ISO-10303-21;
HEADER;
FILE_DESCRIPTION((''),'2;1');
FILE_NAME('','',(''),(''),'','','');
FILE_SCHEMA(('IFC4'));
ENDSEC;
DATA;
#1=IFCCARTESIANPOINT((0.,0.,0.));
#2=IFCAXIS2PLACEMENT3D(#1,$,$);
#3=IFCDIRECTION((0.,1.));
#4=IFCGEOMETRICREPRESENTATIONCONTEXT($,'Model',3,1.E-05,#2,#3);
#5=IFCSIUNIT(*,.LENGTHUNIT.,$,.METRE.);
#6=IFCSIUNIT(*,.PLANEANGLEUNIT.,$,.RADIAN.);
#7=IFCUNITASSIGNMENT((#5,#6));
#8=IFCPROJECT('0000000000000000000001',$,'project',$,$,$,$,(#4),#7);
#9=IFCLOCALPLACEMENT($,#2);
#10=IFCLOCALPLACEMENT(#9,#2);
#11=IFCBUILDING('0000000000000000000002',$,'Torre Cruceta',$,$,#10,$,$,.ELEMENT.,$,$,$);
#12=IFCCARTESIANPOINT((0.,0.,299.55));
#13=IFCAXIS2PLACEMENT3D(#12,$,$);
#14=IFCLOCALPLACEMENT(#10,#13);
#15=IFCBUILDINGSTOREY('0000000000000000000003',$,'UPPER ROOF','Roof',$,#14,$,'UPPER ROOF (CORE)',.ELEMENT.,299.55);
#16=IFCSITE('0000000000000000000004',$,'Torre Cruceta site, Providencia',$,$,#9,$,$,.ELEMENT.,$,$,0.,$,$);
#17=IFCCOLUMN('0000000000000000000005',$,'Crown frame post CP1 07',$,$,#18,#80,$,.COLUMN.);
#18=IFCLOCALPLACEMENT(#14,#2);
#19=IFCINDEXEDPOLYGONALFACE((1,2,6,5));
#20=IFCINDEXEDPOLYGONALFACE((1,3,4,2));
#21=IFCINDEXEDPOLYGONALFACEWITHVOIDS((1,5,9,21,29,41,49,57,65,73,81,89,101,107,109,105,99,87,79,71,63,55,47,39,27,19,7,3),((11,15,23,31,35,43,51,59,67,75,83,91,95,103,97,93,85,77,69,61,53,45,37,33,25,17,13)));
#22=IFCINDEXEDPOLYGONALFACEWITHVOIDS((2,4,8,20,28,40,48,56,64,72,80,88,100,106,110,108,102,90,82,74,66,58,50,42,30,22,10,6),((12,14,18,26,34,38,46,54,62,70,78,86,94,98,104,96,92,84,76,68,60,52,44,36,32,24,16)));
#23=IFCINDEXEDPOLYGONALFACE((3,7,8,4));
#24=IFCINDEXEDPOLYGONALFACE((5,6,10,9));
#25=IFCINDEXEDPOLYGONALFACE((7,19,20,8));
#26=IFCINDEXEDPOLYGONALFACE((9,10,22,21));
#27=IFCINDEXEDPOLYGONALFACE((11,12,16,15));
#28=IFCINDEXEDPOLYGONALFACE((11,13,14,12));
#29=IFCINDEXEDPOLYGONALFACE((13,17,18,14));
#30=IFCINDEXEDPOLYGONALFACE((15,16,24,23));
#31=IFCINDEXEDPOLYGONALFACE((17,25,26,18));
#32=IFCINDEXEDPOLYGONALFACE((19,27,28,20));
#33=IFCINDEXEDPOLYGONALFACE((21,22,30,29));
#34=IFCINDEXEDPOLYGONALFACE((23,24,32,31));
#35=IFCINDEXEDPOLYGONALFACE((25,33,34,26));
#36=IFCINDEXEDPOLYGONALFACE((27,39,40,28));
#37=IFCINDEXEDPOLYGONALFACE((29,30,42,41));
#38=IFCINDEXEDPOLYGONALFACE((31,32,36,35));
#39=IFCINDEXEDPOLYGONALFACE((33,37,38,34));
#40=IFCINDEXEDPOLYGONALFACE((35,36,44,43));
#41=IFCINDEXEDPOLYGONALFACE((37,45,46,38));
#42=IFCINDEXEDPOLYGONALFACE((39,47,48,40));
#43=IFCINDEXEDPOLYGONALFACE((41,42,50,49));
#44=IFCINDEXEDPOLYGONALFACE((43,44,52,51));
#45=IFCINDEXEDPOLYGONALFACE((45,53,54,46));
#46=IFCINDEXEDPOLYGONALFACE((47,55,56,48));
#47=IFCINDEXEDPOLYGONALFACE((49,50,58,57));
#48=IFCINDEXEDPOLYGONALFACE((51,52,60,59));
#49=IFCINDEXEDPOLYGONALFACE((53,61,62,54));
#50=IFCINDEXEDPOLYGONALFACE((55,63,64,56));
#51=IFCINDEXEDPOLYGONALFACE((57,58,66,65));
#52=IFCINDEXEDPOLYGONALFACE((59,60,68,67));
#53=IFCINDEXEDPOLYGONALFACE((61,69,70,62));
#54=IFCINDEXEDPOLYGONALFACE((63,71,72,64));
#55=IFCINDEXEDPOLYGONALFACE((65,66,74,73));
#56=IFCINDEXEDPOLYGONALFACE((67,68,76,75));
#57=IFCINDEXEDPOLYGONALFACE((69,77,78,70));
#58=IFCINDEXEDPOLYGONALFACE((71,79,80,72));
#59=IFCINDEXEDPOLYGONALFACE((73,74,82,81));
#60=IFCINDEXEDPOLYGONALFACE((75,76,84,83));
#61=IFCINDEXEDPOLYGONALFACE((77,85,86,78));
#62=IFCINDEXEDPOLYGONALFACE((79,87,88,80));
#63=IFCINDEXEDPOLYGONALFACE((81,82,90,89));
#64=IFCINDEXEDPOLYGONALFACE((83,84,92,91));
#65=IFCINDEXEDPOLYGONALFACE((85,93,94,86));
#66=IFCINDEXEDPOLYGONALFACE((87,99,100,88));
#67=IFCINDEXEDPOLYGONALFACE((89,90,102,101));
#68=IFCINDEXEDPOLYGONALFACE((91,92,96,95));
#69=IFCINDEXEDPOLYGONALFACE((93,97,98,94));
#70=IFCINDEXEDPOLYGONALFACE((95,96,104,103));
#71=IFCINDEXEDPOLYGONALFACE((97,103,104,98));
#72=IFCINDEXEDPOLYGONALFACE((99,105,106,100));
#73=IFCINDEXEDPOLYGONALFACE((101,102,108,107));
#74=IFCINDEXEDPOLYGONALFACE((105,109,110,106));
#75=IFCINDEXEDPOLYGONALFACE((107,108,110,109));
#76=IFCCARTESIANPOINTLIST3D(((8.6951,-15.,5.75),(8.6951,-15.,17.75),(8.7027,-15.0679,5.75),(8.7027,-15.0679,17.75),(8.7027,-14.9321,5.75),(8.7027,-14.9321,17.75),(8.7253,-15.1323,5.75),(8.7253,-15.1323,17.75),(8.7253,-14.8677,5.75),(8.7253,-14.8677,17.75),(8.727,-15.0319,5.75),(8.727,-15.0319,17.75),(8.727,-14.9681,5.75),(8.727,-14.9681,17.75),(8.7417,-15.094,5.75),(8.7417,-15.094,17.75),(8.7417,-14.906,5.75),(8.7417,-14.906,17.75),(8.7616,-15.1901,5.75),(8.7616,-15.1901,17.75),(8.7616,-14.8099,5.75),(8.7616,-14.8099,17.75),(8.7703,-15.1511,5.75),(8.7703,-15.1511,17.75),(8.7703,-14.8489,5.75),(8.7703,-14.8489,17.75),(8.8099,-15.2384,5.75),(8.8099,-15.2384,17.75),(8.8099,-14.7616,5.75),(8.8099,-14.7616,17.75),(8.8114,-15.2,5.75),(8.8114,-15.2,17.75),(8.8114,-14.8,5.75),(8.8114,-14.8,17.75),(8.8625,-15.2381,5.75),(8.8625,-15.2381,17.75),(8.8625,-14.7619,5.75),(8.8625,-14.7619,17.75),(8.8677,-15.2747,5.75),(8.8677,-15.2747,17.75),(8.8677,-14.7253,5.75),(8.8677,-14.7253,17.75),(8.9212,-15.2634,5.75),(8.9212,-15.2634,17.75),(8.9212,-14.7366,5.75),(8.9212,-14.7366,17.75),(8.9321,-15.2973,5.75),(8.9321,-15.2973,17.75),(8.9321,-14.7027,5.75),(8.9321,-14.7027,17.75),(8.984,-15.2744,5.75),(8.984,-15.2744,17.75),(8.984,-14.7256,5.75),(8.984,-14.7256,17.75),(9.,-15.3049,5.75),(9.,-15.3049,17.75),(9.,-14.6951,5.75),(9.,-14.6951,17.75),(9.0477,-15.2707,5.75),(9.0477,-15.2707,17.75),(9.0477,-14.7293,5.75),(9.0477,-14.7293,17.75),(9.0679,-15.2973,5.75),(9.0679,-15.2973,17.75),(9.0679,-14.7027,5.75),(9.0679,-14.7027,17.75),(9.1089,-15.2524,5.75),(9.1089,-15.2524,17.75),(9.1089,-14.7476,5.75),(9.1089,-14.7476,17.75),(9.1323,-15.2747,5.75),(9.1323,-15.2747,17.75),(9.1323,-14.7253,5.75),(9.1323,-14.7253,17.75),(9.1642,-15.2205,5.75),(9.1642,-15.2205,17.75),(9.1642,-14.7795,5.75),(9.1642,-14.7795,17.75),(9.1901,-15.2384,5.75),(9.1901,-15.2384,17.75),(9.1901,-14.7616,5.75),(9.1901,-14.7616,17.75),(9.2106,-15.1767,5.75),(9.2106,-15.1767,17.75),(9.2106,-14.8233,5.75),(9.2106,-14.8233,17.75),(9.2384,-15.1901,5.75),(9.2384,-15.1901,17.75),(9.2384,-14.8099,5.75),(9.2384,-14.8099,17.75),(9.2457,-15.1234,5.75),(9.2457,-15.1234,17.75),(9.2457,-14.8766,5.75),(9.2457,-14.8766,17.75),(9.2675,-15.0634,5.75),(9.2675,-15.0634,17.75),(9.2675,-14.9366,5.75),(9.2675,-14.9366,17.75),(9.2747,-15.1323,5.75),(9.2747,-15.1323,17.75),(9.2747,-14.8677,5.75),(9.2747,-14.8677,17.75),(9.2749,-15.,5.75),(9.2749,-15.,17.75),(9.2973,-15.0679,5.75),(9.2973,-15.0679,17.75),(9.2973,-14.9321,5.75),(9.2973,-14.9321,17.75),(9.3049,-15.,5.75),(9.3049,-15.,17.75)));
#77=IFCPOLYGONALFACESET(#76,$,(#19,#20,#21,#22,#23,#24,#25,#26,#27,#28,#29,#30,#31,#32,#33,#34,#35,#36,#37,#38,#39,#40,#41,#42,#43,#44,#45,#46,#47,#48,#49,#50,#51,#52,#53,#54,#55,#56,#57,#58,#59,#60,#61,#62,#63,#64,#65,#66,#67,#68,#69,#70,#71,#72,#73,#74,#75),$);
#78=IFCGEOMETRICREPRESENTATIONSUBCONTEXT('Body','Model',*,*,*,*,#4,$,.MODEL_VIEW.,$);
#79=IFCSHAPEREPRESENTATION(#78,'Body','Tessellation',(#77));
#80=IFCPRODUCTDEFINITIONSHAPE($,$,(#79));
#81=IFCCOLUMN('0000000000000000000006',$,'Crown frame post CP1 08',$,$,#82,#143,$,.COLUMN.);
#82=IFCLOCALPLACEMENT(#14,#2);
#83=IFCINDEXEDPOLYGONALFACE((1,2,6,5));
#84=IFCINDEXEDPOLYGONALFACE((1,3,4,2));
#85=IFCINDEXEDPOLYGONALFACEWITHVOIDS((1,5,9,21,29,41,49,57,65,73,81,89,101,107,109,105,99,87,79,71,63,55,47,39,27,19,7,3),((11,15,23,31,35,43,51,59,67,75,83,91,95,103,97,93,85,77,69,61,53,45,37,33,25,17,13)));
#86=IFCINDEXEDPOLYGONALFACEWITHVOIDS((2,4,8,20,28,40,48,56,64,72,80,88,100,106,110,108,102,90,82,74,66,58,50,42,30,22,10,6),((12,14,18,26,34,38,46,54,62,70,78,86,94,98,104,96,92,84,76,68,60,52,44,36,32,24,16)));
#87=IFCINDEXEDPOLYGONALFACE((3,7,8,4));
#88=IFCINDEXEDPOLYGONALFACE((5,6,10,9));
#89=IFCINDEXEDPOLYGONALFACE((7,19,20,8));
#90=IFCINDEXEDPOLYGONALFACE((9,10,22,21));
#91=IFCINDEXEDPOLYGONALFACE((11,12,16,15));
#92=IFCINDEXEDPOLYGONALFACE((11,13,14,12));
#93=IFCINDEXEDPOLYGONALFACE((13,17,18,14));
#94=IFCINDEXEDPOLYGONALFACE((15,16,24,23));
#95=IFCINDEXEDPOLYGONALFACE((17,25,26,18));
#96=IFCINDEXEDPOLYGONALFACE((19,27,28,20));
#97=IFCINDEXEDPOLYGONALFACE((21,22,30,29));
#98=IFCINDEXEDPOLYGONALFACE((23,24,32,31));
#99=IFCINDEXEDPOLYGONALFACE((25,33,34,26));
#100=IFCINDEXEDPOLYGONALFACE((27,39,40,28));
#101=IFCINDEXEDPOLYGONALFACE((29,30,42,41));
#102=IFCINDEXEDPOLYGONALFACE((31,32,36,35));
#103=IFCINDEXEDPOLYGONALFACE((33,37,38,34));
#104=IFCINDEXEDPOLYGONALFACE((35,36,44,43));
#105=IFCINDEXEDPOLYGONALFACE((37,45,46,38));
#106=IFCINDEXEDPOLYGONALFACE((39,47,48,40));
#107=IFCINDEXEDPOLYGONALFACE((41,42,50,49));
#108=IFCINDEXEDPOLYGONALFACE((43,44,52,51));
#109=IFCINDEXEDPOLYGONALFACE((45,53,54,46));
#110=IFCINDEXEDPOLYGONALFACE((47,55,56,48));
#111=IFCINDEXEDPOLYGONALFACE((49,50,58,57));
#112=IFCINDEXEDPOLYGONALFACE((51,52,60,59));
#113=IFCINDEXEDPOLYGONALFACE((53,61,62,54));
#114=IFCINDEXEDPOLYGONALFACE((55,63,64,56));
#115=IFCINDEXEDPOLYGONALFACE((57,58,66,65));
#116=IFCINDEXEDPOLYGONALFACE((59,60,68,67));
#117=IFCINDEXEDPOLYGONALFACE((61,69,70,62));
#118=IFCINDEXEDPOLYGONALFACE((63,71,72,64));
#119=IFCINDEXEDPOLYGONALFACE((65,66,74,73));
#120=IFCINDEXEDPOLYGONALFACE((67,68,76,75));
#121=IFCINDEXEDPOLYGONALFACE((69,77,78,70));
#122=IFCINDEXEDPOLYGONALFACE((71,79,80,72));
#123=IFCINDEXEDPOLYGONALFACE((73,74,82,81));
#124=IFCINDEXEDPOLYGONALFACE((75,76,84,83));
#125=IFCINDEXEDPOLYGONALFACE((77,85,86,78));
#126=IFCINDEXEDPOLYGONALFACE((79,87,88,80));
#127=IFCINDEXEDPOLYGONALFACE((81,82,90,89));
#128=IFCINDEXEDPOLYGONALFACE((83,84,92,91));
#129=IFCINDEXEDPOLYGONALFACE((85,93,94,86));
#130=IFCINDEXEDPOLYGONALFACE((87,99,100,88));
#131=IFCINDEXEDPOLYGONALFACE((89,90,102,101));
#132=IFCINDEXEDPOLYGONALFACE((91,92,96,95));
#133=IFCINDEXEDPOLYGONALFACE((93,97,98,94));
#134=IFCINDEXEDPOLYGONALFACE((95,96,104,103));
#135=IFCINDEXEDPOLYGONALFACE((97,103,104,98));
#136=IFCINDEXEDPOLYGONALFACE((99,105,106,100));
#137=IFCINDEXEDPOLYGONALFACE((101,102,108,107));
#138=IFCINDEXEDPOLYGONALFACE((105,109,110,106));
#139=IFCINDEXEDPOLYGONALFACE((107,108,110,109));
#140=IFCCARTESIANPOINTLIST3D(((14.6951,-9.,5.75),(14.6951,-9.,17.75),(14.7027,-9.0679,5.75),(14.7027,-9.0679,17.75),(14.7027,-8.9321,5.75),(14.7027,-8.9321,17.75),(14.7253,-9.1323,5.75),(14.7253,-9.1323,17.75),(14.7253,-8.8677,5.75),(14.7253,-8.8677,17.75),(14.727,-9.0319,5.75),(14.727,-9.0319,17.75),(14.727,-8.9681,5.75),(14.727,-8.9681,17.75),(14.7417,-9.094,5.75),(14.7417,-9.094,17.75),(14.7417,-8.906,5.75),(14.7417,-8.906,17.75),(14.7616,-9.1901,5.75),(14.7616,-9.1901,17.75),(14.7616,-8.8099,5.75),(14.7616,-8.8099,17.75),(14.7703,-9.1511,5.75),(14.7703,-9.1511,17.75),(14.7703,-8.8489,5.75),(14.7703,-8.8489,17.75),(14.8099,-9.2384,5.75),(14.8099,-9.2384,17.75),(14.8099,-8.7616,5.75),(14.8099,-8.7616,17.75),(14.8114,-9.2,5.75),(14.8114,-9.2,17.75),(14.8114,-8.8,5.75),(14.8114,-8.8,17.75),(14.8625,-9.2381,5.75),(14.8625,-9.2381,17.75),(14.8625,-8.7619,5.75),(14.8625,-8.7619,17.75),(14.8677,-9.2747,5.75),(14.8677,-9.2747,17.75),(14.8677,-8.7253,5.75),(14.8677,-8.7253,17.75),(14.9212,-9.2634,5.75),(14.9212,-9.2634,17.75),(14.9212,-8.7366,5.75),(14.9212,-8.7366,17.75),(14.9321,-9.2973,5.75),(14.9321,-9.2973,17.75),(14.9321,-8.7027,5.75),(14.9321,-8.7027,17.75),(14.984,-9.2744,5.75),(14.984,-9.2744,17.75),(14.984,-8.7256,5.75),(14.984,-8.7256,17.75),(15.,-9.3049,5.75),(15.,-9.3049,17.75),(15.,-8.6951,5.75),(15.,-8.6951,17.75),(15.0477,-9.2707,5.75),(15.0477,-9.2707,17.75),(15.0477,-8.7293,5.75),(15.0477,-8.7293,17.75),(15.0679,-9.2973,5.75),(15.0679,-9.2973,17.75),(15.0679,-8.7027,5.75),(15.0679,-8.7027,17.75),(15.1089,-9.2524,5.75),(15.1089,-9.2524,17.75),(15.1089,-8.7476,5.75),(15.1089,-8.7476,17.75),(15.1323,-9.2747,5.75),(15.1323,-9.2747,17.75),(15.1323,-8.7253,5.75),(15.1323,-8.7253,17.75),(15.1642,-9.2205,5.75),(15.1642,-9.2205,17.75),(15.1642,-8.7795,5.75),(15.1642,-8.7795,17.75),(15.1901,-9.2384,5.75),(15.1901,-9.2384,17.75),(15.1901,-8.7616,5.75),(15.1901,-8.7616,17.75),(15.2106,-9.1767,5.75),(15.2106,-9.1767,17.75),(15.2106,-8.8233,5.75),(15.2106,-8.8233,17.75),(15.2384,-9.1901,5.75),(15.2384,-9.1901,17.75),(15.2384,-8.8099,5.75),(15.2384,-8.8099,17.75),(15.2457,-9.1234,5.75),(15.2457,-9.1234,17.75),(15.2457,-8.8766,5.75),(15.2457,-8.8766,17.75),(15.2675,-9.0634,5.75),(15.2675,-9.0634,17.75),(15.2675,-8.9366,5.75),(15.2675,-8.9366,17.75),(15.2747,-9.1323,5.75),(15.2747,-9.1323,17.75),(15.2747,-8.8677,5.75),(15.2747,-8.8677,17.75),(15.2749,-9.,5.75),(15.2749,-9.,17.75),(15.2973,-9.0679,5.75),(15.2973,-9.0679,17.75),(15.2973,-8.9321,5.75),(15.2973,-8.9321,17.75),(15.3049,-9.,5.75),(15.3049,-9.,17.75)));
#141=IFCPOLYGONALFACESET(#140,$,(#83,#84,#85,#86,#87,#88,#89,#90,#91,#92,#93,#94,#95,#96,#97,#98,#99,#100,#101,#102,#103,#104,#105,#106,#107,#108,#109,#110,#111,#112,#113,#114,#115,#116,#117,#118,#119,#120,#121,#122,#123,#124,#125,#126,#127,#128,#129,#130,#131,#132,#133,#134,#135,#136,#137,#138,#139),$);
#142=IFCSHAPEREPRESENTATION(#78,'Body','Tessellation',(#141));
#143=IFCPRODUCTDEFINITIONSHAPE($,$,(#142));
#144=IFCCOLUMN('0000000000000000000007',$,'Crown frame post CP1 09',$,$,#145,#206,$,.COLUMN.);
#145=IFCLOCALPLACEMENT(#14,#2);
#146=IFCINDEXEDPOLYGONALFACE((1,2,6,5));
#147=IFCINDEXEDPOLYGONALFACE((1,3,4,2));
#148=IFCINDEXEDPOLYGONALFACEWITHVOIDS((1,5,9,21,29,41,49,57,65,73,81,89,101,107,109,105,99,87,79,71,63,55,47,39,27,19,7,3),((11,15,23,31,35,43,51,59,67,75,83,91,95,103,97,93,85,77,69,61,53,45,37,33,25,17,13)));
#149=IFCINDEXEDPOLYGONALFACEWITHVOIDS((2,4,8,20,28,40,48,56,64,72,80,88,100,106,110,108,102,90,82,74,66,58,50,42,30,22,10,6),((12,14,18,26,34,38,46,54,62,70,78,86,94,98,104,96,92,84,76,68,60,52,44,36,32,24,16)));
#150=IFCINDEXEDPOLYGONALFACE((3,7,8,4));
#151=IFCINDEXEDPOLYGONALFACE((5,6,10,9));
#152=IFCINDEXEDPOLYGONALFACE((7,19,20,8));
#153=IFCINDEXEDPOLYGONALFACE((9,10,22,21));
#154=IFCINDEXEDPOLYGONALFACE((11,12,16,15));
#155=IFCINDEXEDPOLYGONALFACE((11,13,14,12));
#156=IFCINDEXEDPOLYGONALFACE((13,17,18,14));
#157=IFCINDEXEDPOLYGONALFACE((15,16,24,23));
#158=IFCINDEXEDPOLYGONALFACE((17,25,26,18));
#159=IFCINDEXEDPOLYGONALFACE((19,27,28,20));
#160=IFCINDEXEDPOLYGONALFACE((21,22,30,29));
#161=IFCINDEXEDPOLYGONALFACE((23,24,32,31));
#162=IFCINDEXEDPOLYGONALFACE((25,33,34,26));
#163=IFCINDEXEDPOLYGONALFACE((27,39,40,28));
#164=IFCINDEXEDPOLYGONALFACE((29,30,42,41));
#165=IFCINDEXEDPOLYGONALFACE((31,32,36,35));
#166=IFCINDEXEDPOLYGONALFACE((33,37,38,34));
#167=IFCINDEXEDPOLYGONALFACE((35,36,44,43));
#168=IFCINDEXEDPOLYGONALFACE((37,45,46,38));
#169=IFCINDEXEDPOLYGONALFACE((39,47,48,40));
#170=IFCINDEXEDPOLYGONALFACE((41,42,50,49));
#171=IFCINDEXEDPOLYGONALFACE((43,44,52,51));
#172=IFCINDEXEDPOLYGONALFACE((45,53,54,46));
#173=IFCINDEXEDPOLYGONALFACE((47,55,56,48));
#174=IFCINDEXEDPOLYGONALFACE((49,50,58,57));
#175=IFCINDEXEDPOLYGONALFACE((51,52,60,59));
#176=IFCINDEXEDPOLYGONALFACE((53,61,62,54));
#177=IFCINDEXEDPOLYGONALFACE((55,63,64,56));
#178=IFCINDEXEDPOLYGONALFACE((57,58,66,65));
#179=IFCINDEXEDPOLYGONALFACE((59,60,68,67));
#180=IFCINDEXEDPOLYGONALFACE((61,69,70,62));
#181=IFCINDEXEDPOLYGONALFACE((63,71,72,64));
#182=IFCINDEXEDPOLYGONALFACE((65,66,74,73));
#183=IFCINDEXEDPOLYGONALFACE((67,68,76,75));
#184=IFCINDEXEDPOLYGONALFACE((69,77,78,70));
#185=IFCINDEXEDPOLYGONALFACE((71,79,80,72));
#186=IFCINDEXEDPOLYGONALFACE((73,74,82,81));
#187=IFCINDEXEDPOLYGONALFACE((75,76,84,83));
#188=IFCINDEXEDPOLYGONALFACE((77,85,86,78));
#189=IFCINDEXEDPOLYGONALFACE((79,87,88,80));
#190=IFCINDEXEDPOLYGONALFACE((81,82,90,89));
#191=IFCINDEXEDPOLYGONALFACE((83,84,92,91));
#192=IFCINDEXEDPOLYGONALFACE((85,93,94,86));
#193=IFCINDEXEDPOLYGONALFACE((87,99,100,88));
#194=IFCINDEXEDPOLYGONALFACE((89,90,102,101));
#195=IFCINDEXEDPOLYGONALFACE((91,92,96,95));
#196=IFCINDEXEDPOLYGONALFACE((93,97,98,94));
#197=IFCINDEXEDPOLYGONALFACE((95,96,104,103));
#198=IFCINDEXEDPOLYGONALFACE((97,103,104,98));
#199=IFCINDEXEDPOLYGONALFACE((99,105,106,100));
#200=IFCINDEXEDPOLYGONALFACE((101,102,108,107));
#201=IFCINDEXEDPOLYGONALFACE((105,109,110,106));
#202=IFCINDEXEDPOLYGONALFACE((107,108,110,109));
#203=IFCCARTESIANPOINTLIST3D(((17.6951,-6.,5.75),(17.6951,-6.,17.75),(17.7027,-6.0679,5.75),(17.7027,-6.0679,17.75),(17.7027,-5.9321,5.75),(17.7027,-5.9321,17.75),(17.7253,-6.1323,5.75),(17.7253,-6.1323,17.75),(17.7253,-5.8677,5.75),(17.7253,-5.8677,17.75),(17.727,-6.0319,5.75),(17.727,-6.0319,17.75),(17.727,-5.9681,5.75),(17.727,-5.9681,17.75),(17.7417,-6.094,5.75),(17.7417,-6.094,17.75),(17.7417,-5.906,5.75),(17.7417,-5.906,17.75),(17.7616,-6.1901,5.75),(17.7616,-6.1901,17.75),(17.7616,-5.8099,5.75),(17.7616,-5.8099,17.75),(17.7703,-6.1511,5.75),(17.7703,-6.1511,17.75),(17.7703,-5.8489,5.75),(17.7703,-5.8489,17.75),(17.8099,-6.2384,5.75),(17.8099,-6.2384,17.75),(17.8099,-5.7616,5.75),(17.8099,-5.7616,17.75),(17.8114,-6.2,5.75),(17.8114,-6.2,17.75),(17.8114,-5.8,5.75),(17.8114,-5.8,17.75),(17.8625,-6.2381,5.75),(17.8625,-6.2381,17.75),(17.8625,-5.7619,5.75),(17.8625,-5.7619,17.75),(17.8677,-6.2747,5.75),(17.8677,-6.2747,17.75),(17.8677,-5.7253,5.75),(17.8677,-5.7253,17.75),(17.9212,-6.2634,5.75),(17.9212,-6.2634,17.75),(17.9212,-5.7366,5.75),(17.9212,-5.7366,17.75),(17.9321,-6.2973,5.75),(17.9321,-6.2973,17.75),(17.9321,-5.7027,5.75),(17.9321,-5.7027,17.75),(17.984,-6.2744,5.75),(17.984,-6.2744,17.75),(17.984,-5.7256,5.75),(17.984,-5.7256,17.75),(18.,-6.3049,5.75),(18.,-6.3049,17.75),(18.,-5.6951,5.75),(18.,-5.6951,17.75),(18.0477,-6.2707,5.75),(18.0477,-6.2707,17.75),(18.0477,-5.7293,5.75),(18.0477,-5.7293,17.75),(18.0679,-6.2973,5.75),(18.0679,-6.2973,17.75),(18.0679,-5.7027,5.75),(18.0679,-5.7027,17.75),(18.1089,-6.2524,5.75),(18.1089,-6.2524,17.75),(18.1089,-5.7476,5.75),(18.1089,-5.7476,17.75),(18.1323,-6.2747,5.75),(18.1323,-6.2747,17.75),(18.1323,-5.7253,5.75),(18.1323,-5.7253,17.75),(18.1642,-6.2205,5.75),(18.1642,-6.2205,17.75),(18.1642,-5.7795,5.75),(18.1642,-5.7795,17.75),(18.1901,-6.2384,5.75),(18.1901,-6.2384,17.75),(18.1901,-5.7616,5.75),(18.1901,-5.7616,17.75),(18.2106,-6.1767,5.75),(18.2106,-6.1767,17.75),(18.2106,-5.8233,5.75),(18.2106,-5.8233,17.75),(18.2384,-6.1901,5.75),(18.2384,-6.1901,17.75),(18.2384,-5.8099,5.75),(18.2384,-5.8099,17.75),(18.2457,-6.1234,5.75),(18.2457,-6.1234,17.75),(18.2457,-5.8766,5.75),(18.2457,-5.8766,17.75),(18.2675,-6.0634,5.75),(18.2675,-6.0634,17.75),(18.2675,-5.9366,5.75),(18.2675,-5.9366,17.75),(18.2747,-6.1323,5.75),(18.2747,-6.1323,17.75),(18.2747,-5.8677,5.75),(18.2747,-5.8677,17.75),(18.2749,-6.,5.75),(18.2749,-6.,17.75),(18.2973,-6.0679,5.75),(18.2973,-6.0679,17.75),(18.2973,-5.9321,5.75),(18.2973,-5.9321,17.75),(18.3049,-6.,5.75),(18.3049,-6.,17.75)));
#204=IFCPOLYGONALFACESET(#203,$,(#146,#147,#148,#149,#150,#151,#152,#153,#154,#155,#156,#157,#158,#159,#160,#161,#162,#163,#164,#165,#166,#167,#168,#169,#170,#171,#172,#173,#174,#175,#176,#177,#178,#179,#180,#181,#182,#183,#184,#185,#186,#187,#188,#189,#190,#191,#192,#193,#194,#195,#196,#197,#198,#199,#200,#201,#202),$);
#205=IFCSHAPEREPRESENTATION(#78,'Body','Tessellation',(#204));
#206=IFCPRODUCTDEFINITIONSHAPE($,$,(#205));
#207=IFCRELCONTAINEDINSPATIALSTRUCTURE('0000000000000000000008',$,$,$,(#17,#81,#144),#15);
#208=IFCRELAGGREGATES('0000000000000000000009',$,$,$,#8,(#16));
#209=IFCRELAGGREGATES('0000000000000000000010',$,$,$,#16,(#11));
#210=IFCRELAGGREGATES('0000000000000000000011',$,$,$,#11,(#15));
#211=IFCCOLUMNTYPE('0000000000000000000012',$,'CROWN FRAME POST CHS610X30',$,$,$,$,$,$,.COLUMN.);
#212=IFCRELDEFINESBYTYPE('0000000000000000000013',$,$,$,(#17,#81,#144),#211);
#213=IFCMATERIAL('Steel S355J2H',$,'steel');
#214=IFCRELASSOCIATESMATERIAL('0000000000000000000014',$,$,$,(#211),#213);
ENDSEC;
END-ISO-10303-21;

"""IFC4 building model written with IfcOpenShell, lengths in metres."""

from ifc_helpers import new_model, si_unit, direction, frame, origin, origin_2d, place, context, subcontext, project, spatial, hollow_circle, extrude, material, material_profile, profile_set, type_object, element, save


model = new_model("IFC4")

# Units and contexts
model_context = context("Model", 3, precision=1e-05, world=origin(), true_north=direction((0.0, 1.0)))
body_context = subcontext(model_context, "Body", "Model", "MODEL_VIEW")
ifc_project = project(units=[si_unit("LENGTHUNIT", "METRE"), si_unit("PLANEANGLEUNIT", "RADIAN")], contexts=[model_context])

# Site, building, storey
site_placement = place(None, origin())
site = spatial("IfcSite", under=ifc_project, at=site_placement, Name="Torre Cruceta site, Providencia", CompositionType="ELEMENT", RefElevation=0.0)
building_placement = place(site_placement, origin())
building = spatial("IfcBuilding", under=site, at=building_placement, Name="Torre Cruceta", CompositionType="ELEMENT")
storey_placement = place(building_placement, frame((0.0, 0.0, 299.55)))
storey = spatial("IfcBuildingStorey", under=building, at=storey_placement, Name="UPPER ROOF", Description="Roof", LongName="UPPER ROOF (CORE)", CompositionType="ELEMENT", Elevation=299.55)

# Columns
ifc_material_1 = material(Name="Steel S355J2H", Category="steel")
ifc_material_profile_1 = material_profile(ifc_material_1, hollow_circle(Radius=0.3049, WallThickness=0.03, at=origin_2d()), Name="CHS610X30")
ifc_profile_set_1 = profile_set([ifc_material_profile_1], Name="Steel S355J2H")
column_type_1 = type_object("IfcColumnType", Name="CROWN FRAME POST CHS610X30", PredefinedType="COLUMN", material=ifc_profile_set_1)
for number, where, z_axis, x_axis, name in (
    (1, (9.0, -15.0, 5.75), (0.0, 0.0, 1.0), (1.0, 0.0, 0.0), "Crown frame post CP1 07"),
    (2, (15.0, -9.0, 5.75), (0.0, 0.0, 1.0), (1.0, 0.0, 0.0), "Crown frame post CP1 08"),
    (3, (18.0, -6.0, 5.75), (0.0, 0.0, 1.0), (1.0, 0.0, 0.0), "Crown frame post CP1 09"),
):
    element("IfcColumn", number, at=place(storey_placement, frame(where, z_axis=z_axis, x_axis=x_axis)), inside=storey, type_object=column_type_1, Name=name, PredefinedType="COLUMN", context=body_context, shape_type="SweptSolid", body=[
        extrude(hollow_circle(Radius=0.3049, WallThickness=0.03, at=origin_2d()), origin(), (0.0, 0.0, 1.0), 12.0),
    ])

save(model, "model.ifc")
